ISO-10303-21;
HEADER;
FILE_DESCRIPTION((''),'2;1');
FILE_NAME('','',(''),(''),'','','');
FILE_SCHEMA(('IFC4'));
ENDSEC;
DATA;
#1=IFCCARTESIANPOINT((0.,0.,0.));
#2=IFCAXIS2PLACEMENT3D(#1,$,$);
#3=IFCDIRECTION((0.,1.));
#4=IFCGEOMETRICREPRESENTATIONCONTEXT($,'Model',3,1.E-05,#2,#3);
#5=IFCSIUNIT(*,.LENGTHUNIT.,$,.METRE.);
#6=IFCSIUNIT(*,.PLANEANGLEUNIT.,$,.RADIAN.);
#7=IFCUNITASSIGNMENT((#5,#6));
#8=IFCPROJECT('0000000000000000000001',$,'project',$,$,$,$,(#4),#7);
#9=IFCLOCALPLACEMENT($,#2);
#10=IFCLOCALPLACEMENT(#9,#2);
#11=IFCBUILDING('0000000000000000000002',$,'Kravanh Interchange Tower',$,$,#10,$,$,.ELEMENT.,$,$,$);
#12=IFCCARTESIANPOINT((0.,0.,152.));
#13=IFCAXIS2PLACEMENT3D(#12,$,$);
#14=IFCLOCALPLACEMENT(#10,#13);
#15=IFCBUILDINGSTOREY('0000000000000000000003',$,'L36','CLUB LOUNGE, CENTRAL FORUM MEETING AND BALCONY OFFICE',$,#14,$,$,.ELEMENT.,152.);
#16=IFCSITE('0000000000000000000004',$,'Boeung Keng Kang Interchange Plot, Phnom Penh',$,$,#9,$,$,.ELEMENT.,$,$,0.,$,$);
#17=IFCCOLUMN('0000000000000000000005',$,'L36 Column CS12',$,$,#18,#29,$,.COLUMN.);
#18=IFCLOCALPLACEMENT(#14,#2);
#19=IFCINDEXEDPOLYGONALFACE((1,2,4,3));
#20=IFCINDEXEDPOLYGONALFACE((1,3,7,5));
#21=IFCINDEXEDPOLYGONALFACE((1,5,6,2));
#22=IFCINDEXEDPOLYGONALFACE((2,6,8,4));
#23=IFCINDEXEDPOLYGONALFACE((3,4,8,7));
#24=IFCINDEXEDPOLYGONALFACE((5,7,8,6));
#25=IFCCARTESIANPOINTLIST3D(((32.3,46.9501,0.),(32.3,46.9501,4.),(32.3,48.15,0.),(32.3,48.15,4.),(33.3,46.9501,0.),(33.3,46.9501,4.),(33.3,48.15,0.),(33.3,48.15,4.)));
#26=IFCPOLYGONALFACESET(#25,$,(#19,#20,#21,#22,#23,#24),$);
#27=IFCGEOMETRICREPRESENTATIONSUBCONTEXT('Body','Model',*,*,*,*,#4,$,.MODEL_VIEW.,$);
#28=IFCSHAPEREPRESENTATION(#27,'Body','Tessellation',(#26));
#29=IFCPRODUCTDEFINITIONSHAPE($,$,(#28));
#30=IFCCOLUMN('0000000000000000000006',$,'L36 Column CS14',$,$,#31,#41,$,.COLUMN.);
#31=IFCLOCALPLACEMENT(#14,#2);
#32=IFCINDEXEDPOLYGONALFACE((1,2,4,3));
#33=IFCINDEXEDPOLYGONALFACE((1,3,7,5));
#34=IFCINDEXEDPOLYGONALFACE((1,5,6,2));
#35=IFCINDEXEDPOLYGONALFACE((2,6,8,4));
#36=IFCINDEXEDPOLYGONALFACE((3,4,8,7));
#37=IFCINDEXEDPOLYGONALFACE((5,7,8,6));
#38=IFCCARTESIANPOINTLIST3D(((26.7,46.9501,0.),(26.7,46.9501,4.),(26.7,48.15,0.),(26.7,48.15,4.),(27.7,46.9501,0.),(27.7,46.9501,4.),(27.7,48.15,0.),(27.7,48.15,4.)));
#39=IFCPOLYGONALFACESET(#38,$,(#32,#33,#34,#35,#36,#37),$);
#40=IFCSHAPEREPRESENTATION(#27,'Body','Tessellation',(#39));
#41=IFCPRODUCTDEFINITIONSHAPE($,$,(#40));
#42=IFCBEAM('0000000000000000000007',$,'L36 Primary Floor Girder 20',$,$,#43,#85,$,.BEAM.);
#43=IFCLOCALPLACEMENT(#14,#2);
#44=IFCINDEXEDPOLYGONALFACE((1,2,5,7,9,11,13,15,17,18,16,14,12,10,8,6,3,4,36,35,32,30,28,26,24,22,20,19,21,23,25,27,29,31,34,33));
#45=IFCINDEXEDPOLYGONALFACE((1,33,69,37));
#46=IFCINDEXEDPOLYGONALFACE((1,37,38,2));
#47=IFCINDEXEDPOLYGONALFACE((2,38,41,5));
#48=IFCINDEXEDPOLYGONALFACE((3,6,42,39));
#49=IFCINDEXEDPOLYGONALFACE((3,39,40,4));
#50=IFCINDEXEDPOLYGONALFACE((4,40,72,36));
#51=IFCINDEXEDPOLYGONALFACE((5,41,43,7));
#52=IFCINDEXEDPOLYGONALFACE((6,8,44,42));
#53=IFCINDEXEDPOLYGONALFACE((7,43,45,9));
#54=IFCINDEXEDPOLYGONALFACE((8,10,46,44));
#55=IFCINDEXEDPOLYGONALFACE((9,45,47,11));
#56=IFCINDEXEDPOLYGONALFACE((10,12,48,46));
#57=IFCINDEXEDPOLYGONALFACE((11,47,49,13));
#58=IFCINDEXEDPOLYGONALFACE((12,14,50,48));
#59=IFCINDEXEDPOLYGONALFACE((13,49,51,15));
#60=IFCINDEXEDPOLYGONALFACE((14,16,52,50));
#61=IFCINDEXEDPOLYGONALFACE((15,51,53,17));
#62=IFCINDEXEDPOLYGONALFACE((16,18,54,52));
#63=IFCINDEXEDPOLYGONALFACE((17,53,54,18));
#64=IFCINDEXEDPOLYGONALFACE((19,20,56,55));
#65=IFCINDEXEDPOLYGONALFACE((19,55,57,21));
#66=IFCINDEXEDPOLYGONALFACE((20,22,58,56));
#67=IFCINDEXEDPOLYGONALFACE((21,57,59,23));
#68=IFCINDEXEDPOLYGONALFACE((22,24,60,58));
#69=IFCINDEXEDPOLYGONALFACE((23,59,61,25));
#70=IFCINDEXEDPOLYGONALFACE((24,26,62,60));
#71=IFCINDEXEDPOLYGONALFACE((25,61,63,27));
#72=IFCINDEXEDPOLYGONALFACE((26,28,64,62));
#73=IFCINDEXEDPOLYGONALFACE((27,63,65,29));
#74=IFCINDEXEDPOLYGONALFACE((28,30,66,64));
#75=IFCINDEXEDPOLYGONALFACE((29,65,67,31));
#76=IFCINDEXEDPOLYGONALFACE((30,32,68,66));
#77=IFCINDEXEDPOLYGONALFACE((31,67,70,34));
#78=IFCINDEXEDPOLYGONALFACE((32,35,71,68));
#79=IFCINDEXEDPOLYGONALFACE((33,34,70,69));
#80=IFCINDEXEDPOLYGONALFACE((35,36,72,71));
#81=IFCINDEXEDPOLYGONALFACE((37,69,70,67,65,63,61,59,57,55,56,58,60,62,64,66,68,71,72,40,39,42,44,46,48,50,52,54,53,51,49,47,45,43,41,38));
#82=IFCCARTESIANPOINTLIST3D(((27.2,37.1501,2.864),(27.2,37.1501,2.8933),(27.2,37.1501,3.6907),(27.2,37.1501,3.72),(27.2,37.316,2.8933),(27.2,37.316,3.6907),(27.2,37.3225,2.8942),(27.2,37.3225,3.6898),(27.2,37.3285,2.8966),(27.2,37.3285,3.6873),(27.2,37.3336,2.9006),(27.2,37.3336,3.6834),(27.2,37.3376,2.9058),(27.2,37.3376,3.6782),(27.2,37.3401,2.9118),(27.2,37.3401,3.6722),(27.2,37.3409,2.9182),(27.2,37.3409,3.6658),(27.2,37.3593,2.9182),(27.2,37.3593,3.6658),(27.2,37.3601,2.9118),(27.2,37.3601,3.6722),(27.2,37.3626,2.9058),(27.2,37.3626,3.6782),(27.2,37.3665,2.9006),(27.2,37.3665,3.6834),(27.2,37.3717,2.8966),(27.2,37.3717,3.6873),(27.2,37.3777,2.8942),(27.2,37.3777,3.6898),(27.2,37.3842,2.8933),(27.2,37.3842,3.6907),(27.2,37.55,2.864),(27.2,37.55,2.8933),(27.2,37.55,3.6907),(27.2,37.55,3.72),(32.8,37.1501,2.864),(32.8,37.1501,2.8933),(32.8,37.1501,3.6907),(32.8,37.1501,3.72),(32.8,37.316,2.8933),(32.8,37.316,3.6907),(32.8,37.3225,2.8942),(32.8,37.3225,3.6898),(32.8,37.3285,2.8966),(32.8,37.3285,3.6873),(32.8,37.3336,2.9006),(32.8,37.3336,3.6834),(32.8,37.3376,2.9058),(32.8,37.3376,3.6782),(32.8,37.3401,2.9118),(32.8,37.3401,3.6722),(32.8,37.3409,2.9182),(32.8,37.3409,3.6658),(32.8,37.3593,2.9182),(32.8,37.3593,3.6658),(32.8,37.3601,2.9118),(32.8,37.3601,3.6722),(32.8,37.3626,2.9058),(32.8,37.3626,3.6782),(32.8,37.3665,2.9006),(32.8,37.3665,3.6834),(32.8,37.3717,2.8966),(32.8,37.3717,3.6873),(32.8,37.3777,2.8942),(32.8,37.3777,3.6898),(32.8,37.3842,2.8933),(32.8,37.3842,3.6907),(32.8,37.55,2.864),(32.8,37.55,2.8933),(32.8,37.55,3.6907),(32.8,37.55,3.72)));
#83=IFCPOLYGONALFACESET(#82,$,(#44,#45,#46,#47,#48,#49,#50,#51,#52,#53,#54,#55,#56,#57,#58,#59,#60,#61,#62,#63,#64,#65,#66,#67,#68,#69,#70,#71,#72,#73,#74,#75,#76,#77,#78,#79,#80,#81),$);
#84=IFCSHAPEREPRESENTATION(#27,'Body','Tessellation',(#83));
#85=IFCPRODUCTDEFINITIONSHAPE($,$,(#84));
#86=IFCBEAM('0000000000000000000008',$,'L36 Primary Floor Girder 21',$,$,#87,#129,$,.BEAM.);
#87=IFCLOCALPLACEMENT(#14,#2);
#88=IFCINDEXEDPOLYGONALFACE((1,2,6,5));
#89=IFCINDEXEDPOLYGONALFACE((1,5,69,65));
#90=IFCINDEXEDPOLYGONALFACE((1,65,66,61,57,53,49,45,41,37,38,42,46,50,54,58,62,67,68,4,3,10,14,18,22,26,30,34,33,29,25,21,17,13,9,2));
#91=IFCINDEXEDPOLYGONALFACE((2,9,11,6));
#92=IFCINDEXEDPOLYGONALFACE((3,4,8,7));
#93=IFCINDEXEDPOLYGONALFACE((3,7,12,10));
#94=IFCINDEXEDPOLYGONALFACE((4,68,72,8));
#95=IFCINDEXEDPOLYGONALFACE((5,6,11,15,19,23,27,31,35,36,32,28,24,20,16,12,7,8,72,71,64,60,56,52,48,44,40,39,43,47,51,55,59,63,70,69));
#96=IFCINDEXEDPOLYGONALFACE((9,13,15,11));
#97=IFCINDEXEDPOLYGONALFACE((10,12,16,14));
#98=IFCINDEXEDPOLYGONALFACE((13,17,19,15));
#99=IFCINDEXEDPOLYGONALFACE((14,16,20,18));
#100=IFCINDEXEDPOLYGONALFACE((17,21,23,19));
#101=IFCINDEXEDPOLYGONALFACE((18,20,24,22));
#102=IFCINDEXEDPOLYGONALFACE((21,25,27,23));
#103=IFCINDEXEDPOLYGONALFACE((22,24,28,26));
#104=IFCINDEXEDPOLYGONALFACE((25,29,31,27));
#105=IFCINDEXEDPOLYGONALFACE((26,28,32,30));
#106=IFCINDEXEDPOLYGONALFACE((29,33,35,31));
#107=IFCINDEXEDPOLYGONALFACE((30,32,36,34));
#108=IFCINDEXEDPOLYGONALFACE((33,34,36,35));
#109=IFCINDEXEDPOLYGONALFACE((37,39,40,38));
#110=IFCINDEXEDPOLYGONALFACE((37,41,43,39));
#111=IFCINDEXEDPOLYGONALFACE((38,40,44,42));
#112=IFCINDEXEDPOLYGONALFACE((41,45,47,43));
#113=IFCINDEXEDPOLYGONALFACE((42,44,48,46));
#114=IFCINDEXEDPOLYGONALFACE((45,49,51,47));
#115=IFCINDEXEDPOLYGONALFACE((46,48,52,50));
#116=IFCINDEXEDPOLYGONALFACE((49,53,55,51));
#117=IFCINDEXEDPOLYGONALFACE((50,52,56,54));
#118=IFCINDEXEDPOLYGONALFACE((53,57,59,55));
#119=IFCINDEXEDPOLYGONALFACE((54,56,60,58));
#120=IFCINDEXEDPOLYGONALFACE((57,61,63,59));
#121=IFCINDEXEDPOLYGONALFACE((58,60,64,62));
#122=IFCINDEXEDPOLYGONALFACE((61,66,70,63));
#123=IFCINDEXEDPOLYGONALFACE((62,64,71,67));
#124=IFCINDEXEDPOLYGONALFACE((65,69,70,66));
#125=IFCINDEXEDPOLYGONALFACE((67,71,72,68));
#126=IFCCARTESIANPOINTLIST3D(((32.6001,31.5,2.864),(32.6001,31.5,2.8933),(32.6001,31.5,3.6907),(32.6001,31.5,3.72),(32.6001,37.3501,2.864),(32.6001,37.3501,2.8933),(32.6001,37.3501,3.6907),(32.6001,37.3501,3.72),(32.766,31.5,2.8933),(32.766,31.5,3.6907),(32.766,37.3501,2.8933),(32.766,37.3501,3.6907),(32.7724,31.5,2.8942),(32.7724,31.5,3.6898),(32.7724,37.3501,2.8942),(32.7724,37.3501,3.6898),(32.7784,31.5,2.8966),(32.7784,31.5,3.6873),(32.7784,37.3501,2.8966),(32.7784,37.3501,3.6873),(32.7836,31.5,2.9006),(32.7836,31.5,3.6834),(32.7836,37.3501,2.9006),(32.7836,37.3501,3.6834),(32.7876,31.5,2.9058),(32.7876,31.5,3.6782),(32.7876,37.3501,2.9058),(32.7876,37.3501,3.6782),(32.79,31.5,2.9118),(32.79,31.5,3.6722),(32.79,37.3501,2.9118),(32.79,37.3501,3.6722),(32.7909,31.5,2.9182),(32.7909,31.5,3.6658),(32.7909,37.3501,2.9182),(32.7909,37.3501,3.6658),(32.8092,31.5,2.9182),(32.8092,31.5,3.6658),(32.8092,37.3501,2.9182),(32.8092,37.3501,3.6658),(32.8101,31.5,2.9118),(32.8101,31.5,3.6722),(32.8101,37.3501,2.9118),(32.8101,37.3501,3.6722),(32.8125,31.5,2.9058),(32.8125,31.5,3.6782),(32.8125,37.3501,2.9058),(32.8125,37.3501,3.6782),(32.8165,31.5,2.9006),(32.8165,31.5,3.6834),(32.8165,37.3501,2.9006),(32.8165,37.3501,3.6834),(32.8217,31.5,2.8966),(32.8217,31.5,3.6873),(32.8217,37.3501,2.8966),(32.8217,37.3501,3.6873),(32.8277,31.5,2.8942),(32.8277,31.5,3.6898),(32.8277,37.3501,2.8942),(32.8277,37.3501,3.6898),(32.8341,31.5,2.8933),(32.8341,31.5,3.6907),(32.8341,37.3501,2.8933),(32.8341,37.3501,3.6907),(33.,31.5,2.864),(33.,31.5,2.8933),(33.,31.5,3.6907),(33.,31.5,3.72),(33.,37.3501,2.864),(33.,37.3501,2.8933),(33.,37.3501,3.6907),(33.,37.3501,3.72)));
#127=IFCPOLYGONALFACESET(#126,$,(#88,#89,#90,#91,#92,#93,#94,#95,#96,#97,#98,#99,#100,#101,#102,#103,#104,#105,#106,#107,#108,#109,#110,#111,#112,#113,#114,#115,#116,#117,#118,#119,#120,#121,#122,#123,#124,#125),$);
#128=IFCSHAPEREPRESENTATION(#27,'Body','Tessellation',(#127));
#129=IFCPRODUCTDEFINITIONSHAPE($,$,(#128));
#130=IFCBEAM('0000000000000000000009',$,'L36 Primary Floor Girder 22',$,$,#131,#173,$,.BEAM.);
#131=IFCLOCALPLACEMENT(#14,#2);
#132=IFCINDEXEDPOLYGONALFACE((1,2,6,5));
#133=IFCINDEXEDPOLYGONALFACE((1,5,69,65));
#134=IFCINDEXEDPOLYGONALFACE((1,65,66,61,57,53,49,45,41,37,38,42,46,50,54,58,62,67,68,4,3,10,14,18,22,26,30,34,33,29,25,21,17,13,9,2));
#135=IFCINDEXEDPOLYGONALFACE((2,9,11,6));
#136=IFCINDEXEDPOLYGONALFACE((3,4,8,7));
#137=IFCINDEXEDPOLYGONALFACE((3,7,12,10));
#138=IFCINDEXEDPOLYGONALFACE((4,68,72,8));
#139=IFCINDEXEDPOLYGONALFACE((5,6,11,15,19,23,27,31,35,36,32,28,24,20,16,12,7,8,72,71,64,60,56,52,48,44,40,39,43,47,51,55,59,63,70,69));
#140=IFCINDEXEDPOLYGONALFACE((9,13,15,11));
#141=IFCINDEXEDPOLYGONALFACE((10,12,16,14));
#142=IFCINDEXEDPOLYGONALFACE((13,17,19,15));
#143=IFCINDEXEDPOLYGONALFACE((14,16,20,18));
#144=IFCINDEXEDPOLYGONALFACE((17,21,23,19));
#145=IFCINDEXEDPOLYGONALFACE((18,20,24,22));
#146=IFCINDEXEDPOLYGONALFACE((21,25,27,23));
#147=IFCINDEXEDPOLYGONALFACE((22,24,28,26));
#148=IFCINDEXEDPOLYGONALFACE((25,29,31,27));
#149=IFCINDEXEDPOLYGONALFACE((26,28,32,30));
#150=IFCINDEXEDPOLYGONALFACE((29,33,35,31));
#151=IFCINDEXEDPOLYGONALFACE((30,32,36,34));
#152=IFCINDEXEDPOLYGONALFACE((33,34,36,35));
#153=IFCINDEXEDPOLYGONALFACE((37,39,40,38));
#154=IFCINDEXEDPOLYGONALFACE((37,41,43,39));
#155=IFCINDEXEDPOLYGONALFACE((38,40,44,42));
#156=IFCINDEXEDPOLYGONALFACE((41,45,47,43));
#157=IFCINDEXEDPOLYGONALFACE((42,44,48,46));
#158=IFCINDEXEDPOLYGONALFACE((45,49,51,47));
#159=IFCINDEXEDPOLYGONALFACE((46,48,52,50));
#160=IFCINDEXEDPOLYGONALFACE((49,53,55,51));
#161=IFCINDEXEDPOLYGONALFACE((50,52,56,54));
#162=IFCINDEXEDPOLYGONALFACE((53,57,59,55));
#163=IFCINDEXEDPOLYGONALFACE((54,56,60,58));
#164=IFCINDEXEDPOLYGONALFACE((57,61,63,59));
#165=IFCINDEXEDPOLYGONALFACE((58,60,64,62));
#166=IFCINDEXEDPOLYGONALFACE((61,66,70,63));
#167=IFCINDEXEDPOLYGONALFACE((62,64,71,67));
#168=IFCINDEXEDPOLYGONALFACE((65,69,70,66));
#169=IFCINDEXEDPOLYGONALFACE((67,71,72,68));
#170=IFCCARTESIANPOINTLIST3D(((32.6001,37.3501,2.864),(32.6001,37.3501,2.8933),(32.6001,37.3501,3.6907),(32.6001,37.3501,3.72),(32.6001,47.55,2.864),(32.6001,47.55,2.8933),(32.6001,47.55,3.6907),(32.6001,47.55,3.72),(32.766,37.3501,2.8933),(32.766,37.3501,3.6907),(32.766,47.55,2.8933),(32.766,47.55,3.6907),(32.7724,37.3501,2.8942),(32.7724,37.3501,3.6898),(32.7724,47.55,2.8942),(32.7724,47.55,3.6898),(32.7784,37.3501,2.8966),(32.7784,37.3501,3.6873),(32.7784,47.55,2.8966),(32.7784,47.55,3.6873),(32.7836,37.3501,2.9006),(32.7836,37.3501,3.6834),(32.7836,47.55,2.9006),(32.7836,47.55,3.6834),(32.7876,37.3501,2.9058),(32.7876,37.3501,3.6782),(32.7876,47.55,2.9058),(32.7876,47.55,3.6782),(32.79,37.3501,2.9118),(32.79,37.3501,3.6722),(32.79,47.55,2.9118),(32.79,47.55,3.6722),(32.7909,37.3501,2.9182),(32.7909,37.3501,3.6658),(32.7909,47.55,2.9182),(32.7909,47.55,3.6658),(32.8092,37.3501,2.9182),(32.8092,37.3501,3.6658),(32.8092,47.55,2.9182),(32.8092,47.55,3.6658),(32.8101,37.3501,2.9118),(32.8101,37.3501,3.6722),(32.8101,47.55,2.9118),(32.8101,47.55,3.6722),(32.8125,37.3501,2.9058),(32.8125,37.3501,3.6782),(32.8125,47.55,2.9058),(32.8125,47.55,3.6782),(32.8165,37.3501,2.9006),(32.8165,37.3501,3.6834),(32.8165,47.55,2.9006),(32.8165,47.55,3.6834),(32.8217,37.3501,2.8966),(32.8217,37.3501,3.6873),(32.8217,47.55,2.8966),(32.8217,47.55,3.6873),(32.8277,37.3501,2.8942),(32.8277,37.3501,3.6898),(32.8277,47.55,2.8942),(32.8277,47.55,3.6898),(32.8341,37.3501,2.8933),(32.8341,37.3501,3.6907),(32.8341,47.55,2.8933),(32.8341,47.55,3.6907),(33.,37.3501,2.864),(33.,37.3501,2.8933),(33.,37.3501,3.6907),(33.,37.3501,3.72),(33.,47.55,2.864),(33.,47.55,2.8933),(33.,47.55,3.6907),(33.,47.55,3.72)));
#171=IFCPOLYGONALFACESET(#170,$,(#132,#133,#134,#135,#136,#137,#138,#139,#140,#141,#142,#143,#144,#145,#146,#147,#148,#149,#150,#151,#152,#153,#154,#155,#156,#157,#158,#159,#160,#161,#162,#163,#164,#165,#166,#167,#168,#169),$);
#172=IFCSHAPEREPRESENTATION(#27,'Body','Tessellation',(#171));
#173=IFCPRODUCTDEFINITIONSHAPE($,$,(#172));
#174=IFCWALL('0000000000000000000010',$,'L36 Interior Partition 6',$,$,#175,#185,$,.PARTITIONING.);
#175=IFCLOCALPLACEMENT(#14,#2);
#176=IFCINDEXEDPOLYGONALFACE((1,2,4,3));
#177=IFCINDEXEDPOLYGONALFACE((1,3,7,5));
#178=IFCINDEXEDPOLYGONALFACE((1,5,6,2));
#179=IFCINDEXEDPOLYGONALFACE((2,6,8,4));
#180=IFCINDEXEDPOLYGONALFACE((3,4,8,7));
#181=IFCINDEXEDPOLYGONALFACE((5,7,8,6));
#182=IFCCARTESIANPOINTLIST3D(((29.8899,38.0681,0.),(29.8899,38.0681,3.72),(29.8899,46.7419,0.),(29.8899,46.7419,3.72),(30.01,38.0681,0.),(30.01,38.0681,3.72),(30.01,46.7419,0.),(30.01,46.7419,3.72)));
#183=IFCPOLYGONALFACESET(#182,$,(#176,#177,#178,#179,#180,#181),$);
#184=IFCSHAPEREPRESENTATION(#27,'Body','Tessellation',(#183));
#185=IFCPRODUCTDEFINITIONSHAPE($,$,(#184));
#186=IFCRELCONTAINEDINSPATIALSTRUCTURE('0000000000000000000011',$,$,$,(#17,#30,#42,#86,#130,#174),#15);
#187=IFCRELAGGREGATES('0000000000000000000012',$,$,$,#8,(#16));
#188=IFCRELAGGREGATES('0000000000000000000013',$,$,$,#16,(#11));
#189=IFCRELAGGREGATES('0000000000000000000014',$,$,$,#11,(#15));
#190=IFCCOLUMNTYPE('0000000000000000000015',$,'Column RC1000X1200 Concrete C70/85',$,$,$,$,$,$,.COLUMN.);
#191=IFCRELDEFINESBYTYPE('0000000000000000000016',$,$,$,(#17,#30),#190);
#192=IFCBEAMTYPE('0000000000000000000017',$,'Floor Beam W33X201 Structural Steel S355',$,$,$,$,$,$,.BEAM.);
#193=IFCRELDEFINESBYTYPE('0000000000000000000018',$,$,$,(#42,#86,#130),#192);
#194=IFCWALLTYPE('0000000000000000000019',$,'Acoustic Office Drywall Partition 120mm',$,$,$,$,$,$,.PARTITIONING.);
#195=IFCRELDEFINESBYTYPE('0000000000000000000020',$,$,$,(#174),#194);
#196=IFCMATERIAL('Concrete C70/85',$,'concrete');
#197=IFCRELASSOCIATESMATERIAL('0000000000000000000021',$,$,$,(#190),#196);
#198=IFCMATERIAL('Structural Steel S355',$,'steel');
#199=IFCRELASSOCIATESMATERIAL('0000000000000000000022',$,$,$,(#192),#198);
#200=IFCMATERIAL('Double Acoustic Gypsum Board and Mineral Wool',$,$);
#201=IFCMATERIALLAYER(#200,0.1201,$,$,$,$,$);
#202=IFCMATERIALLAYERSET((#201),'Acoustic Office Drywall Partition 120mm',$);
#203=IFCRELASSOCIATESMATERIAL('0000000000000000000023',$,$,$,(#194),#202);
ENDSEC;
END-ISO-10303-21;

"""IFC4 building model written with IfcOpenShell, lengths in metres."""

from ifc_helpers import new_model, si_unit, direction, frame, frame_2d, origin, origin_2d, place, context, subcontext, project, spatial, rectangle, i_section, extrude, material, layer, layer_set, material_profile, profile_set, type_object, element, save


model = new_model("IFC4")

# Units and contexts
model_context = context("Model", 3, precision=1e-05, world=origin(), true_north=direction((0.0, 1.0)))
body_context = subcontext(model_context, "Body", "Model", "MODEL_VIEW")
ifc_project = project(units=[si_unit("LENGTHUNIT", "METRE"), si_unit("PLANEANGLEUNIT", "RADIAN")], contexts=[model_context])

# Site, building, storey
site_placement = place(None, origin())
site = spatial("IfcSite", under=ifc_project, at=site_placement, Name="Boeung Keng Kang Interchange Plot, Phnom Penh", CompositionType="ELEMENT", RefElevation=0.0)
building_placement = place(site_placement, origin())
building = spatial("IfcBuilding", under=site, at=building_placement, Name="Kravanh Interchange Tower", CompositionType="ELEMENT")
storey_placement = place(building_placement, frame((0.0, 0.0, 152.0)))
storey = spatial("IfcBuildingStorey", under=building, at=storey_placement, Name="L36", Description="CLUB LOUNGE, CENTRAL FORUM MEETING AND BALCONY OFFICE", CompositionType="ELEMENT", Elevation=152.0)

# Columns
ifc_material_1 = material(Name="Concrete C70/85", Category="concrete")
ifc_material_profile_1 = material_profile(ifc_material_1, rectangle(XDim=1.0, YDim=1.2, at=origin_2d()), Name="RC1000X1200")
ifc_profile_set_1 = profile_set([ifc_material_profile_1], Name="Concrete C70/85")
column_type = type_object("IfcColumnType", Name="Column RC1000X1200 Concrete C70/85", PredefinedType="COLUMN", material=ifc_profile_set_1)
for number, where, z_axis, x_axis, name in (
    (1, (32.8, 47.55, 0.0), (0.0, 0.0, 1.0), (1.0, 0.0, 0.0), "L36 Column CS12"),
    (2, (27.2, 47.55, 0.0), (0.0, 0.0, 1.0), (1.0, 0.0, 0.0), "L36 Column CS14"),
):
    element("IfcColumn", number, at=place(storey_placement, frame(where, z_axis=z_axis, x_axis=x_axis)), inside=storey, type_object=column_type, Name=name, PredefinedType="COLUMN", context=body_context, shape_type="SweptSolid", body=[
        extrude(rectangle(XDim=1.0, YDim=1.2, at=origin_2d()), origin(), (0.0, 0.0, 1.0), 4.0),
    ])

# Beams
ifc_material_2 = material(Name="Structural Steel S355", Category="steel")
ifc_material_profile_2 = material_profile(ifc_material_2, i_section(OverallWidth=0.3999, OverallDepth=0.856, WebThickness=0.0183, FlangeThickness=0.0293, FilletRadius=0.0249, at=origin_2d()), Name="W33X201")
ifc_profile_set_2 = profile_set([ifc_material_profile_2], Name="Structural Steel S355")
beam_type = type_object("IfcBeamType", Name="Floor Beam W33X201 Structural Steel S355", PredefinedType="BEAM", material=ifc_profile_set_2)
beam_1_placement = place(storey_placement, frame((32.8, 37.3501, 3.292), z_axis=(-1.0, 0.0, 0.0), x_axis=(0.0, -1.0, 0.0)))
element("IfcBeam", 3, at=beam_1_placement, inside=storey, type_object=beam_type, Name="L36 Primary Floor Girder 20", PredefinedType="BEAM", context=body_context, shape_type="SweptSolid", body=[
    extrude(i_section(OverallWidth=0.3999, OverallDepth=0.856, WebThickness=0.0183, FlangeThickness=0.0293, FilletRadius=0.0249, at=origin_2d()), origin(), (0.0, 0.0, 1.0), 5.6001),
])
beam_2_placement = place(storey_placement, frame((32.8, 37.3501, 3.292), z_axis=(0.0, -1.0, 0.0), x_axis=(1.0, 0.0, 0.0)))
element("IfcBeam", 4, at=beam_2_placement, inside=storey, type_object=beam_type, Name="L36 Primary Floor Girder 21", PredefinedType="BEAM", context=body_context, shape_type="SweptSolid", body=[
    extrude(i_section(OverallWidth=0.3999, OverallDepth=0.856, WebThickness=0.0183, FlangeThickness=0.0293, FilletRadius=0.0249, at=origin_2d()), origin(), (0.0, 0.0, 1.0), 5.8501),
])
beam_3_placement = place(storey_placement, frame((32.8, 37.3501, 3.292), z_axis=(0.0, 1.0, 0.0), x_axis=(-1.0, 0.0, 0.0)))
element("IfcBeam", 5, at=beam_3_placement, inside=storey, type_object=beam_type, Name="L36 Primary Floor Girder 22", PredefinedType="BEAM", context=body_context, shape_type="SweptSolid", body=[
    extrude(i_section(OverallWidth=0.3999, OverallDepth=0.856, WebThickness=0.0183, FlangeThickness=0.0293, FilletRadius=0.0249, at=origin_2d()), origin(), (0.0, 0.0, 1.0), 10.2),
])

# Wall
ifc_material_3 = material(Name="Double Acoustic Gypsum Board and Mineral Wool")
ifc_layer_1 = layer(ifc_material_3, 0.1201)
ifc_layer_set_1 = layer_set([ifc_layer_1], Name="Acoustic Office Drywall Partition 120mm")
wall_type_1 = type_object("IfcWallType", Name="Acoustic Office Drywall Partition 120mm", PredefinedType="PARTITIONING", material=ifc_layer_set_1)
wall_1_placement = place(storey_placement, frame((29.95, 38.0681, 0.0), z_axis=(0.0, 0.0, 1.0), x_axis=(0.0, 1.0, 0.0)))
element("IfcWall", 6, at=wall_1_placement, inside=storey, type_object=wall_type_1, Name="L36 Interior Partition 6", PredefinedType="PARTITIONING", context=body_context, shape_type="SweptSolid", body=[
    extrude(rectangle(XDim=8.6738, YDim=0.1201, at=frame_2d((4.3369, 0.0))), origin(), (0.0, 0.0, 1.0), 3.72),
])

save(model, "model.ifc")
